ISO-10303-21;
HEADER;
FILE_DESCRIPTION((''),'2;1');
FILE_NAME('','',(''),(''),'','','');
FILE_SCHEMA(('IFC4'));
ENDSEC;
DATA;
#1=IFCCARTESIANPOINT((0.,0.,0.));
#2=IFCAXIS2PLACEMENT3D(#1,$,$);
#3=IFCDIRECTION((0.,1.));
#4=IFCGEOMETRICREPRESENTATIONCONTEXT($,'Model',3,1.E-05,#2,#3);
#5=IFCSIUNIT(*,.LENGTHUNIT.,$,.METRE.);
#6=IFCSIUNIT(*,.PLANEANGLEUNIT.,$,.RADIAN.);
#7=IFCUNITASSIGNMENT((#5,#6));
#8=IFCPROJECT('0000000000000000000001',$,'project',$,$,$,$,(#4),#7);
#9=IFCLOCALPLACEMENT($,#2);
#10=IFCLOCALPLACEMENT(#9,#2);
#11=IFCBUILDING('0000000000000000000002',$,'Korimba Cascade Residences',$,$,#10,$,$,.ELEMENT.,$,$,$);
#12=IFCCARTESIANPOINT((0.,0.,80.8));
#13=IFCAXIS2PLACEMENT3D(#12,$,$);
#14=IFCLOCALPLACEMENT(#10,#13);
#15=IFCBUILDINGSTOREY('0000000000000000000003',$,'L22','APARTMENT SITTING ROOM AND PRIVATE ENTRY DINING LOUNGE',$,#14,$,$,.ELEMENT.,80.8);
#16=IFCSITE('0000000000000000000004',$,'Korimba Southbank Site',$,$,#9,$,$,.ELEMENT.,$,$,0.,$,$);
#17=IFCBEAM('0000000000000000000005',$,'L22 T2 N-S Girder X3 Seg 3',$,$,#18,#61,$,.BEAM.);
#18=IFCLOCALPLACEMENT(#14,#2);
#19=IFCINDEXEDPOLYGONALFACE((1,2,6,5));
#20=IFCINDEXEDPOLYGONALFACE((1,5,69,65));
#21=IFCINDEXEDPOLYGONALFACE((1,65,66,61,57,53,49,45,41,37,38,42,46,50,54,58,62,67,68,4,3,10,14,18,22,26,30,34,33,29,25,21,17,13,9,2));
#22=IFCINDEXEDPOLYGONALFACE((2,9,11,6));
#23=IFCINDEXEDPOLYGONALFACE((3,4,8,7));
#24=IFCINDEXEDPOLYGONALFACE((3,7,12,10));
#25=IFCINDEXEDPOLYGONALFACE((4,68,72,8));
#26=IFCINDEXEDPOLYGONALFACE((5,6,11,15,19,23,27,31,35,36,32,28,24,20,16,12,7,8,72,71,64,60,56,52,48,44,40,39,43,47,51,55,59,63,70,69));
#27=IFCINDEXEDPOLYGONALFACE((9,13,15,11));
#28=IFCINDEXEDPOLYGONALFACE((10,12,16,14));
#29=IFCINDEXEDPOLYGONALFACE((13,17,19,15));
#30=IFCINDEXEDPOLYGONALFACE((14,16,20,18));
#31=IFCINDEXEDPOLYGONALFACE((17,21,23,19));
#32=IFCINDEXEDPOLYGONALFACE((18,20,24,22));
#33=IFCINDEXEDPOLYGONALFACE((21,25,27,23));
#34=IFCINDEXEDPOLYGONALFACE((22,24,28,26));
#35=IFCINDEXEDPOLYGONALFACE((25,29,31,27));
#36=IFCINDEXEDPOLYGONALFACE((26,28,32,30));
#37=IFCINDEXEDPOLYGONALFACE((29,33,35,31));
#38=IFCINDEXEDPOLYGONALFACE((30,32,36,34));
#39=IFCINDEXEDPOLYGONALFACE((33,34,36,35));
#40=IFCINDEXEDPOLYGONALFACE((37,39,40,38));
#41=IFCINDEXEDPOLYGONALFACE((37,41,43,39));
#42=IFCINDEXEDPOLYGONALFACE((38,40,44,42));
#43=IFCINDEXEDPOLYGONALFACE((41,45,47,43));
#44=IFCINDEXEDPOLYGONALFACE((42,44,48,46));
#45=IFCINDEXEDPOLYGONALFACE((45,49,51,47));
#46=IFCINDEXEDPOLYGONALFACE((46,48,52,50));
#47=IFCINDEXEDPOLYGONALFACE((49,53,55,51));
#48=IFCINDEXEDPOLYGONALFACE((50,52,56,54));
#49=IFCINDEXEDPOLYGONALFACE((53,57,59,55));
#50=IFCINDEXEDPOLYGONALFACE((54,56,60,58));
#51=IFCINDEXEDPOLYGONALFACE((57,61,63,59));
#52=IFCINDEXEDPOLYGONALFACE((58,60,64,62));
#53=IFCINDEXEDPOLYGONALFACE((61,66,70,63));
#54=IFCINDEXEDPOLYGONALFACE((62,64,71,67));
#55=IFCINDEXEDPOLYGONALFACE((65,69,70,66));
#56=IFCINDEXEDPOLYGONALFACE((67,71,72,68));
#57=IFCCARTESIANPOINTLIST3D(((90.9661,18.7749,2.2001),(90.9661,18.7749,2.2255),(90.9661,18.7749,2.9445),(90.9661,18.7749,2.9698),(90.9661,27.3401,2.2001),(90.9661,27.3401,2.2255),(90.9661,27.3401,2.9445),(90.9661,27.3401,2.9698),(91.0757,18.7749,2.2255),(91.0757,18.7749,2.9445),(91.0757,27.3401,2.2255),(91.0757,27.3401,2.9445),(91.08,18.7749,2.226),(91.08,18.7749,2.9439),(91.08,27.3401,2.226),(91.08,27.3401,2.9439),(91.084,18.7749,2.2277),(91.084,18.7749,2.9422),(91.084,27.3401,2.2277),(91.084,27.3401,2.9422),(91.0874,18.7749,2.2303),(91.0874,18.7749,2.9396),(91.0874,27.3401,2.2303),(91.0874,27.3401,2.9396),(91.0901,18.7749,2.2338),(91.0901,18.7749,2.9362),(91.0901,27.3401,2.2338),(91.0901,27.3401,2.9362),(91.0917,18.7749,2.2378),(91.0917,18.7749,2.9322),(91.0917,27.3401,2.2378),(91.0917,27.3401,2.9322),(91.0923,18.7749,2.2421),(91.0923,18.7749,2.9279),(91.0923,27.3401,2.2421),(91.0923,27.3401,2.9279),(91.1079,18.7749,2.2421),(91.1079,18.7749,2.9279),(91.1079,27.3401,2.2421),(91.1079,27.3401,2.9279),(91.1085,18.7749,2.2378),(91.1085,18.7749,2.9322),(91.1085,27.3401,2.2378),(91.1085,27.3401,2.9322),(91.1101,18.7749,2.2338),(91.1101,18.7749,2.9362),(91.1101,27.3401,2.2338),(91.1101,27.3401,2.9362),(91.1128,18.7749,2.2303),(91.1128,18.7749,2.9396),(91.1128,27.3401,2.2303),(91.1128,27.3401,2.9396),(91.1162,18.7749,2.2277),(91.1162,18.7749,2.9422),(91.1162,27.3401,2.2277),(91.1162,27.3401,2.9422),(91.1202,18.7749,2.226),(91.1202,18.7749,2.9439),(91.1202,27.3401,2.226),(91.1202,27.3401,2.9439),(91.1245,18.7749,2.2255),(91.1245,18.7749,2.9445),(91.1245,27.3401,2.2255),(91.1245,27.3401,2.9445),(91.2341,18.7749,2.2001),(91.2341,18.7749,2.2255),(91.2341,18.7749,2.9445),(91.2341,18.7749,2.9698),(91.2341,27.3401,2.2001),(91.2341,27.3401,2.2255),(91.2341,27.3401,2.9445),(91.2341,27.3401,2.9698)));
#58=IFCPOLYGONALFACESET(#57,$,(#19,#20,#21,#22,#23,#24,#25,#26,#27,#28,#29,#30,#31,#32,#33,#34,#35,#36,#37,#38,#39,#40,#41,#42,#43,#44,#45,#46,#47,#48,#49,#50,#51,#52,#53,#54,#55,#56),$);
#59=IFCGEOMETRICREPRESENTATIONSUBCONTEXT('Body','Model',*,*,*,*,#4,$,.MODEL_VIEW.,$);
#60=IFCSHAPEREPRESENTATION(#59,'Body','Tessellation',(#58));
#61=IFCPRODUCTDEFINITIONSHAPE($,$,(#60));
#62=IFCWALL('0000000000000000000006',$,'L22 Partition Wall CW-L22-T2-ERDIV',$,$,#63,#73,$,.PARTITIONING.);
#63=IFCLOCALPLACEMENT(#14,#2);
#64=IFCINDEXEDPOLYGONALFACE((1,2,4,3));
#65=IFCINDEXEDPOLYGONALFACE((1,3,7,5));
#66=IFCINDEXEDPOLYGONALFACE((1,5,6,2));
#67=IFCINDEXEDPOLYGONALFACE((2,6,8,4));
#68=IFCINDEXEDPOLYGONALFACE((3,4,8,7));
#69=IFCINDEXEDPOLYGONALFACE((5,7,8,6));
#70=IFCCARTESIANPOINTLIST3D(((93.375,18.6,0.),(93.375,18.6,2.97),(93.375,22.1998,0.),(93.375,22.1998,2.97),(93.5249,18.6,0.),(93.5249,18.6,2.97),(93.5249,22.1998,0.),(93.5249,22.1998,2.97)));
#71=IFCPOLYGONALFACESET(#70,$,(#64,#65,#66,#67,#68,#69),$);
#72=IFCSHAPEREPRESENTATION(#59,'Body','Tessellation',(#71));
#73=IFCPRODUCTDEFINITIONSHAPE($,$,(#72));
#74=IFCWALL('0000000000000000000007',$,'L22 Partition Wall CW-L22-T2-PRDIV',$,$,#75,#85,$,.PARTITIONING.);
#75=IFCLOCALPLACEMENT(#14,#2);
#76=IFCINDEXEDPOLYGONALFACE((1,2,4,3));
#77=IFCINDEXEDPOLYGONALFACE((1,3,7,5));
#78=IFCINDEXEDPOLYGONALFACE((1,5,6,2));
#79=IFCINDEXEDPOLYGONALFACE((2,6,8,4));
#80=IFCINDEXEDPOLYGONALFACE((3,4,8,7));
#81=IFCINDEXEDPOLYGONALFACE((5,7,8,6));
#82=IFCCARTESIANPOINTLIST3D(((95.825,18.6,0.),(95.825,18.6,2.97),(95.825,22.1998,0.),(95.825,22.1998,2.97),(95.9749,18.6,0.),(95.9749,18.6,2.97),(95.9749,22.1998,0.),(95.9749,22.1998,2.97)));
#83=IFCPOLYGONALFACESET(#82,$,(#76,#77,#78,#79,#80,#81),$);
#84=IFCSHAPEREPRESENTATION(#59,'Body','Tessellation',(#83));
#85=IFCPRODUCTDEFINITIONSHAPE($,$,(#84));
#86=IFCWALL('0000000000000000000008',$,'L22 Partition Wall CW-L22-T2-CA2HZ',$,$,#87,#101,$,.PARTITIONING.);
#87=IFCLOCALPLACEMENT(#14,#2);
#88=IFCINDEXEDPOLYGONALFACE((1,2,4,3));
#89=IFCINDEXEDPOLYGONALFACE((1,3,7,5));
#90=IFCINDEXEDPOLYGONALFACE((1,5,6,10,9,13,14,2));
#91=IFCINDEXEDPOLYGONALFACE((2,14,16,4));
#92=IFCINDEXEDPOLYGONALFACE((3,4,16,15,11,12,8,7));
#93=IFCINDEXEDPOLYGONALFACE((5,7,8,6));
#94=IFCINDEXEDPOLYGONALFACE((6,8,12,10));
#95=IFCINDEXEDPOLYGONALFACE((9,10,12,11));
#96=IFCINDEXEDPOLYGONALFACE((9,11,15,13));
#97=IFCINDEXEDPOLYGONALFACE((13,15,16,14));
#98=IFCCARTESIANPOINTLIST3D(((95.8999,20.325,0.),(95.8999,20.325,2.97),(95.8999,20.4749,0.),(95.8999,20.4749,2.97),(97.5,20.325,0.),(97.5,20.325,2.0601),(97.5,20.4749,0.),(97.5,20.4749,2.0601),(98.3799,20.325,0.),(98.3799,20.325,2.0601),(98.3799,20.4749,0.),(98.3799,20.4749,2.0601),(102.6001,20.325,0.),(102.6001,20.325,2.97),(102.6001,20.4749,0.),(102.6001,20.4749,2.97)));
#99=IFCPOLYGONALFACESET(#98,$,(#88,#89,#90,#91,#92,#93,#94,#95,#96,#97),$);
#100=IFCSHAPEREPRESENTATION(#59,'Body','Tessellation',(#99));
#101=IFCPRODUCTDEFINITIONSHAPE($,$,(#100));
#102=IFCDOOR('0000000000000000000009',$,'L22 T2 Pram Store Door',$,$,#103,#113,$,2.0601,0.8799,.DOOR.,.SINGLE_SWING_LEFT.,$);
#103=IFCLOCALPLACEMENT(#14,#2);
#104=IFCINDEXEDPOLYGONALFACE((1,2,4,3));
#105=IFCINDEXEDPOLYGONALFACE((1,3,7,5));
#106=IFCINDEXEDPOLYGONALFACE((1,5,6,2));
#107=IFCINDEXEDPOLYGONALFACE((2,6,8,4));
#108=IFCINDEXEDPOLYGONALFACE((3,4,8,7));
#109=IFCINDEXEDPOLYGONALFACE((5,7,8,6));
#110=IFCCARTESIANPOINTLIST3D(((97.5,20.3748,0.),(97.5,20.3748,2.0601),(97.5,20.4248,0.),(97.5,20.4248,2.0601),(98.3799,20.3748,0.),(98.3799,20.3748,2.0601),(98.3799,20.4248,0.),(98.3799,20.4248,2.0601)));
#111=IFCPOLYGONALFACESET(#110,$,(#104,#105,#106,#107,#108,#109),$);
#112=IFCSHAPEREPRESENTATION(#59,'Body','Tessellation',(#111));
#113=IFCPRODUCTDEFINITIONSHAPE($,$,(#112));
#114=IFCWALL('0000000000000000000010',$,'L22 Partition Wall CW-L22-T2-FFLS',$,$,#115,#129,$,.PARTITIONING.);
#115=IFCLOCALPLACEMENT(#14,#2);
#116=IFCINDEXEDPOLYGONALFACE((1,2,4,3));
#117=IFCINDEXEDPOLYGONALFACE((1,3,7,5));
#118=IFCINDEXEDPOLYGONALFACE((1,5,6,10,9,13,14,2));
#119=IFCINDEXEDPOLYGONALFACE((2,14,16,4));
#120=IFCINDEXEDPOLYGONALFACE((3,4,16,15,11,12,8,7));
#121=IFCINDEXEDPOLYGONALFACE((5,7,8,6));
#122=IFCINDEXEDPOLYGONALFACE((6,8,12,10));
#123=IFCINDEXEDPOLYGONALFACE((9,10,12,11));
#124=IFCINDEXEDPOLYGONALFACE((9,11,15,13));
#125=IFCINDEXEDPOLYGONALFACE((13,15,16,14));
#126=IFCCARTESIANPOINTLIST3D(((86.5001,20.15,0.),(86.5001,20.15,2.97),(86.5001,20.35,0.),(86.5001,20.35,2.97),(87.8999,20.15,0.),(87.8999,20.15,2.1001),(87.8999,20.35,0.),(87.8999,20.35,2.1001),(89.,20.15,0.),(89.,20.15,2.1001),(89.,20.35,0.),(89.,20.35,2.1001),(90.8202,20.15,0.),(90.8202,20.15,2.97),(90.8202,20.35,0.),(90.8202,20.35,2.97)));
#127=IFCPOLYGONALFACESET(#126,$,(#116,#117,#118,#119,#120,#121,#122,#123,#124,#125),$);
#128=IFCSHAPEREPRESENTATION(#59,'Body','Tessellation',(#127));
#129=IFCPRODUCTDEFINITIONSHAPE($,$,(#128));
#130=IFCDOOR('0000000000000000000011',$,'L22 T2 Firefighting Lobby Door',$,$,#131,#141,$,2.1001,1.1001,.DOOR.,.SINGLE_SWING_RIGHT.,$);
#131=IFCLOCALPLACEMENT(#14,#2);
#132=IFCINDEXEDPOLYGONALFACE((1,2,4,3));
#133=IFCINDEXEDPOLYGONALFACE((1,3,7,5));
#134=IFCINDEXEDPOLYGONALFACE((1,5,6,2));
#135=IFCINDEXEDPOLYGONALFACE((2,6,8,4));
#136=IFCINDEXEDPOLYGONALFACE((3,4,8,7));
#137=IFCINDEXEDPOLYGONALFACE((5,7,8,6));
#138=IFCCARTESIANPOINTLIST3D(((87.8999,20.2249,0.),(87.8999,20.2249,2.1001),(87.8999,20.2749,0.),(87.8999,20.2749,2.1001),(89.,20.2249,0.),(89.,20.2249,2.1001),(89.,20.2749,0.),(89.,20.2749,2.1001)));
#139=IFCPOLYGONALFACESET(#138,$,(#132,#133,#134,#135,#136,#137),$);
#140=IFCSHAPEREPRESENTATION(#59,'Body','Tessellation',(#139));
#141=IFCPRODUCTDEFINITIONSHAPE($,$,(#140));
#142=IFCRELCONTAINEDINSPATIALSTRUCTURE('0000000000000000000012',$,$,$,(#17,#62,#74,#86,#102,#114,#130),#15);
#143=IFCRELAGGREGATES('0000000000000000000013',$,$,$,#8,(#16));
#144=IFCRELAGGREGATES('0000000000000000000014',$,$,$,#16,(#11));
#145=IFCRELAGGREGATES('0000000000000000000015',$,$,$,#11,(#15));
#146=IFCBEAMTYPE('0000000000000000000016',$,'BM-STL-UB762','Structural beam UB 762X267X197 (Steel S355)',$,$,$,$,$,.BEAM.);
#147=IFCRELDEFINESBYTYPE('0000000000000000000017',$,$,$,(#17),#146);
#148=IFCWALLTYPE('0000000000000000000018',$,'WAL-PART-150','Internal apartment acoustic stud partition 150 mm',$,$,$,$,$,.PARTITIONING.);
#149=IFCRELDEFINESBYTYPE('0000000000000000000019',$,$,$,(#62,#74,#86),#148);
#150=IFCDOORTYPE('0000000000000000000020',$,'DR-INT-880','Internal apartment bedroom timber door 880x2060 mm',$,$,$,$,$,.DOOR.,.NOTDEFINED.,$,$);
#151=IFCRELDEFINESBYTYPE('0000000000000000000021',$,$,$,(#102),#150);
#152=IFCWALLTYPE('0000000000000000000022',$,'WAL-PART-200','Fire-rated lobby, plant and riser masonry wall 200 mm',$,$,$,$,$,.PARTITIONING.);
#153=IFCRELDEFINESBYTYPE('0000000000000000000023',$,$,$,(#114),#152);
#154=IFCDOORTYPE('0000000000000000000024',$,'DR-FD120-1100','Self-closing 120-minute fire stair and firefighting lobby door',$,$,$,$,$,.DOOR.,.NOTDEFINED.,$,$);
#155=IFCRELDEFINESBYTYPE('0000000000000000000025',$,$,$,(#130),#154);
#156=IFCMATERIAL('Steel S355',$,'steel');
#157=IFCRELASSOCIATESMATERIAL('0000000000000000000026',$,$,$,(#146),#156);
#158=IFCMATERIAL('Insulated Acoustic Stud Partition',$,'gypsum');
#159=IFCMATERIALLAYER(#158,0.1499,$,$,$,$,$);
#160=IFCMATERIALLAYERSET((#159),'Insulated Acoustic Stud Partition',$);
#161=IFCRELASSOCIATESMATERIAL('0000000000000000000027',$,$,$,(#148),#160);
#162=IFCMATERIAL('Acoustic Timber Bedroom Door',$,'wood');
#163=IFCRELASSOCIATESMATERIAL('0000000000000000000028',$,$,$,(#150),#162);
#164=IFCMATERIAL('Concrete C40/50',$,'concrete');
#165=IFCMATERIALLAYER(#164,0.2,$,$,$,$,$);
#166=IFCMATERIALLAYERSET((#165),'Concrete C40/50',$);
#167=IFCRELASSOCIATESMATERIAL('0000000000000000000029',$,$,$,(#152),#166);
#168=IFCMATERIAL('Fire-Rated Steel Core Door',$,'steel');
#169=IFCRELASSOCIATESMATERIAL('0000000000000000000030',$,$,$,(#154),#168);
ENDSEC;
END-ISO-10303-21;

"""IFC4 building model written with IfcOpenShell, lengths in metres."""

from ifc_helpers import new_model, si_unit, direction, frame, frame_2d, origin, origin_2d, place, context, subcontext, project, spatial, rectangle, i_section, extrude, material, layer, layer_set, material_profile, profile_set, type_object, element, fill, save


model = new_model("IFC4")

# Units and contexts
model_context = context("Model", 3, precision=1e-05, world=origin(), true_north=direction((0.0, 1.0)))
body_context = subcontext(model_context, "Body", "Model", "MODEL_VIEW")
ifc_project = project(units=[si_unit("LENGTHUNIT", "METRE"), si_unit("PLANEANGLEUNIT", "RADIAN")], contexts=[model_context])

# Site, building, storey
site_placement = place(None, origin())
site = spatial("IfcSite", under=ifc_project, at=site_placement, Name="Korimba Southbank Site", CompositionType="ELEMENT", RefElevation=0.0)
building_placement = place(site_placement, origin())
building = spatial("IfcBuilding", under=site, at=building_placement, Name="Korimba Cascade Residences", CompositionType="ELEMENT")
storey_placement = place(building_placement, frame((0.0, 0.0, 80.8)))
storey = spatial("IfcBuildingStorey", under=building, at=storey_placement, Name="L22", Description="APARTMENT SITTING ROOM AND PRIVATE ENTRY DINING LOUNGE", CompositionType="ELEMENT", Elevation=80.8)

# Beam
ifc_material_1 = material(Name="Steel S355", Category="steel")
ifc_material_profile = material_profile(ifc_material_1, i_section(OverallWidth=0.2681, OverallDepth=0.7698, WebThickness=0.0156, FlangeThickness=0.0254, FilletRadius=0.0166, at=origin_2d()), Name="Steel S355")
ifc_profile_set = profile_set([ifc_material_profile], Name="Steel S355")
beam_type = type_object("IfcBeamType", Name="BM-STL-UB762", Description="Structural beam UB 762X267X197 (Steel S355)", PredefinedType="BEAM", material=ifc_profile_set)
beam_placement = place(storey_placement, frame((91.1001, 18.7749, 2.585), z_axis=(0.0, 1.0, 0.0), x_axis=(-1.0, 0.0, 0.0)))
element("IfcBeam", 1, at=beam_placement, inside=storey, type_object=beam_type, Name="L22 T2 N-S Girder X3 Seg 3", PredefinedType="BEAM", context=body_context, shape_type="SweptSolid", body=[
    extrude(i_section(OverallWidth=0.2681, OverallDepth=0.7698, WebThickness=0.0156, FlangeThickness=0.0254, FilletRadius=0.0166, at=origin_2d()), origin(), (0.0, 0.0, 1.0), 8.5652),
])

# Walls
ifc_material_2 = material(Name="Insulated Acoustic Stud Partition", Category="gypsum")
ifc_layer_1 = layer(ifc_material_2, 0.1499)
ifc_layer_set_1 = layer_set([ifc_layer_1], Name="Insulated Acoustic Stud Partition")
wall_type_1 = type_object("IfcWallType", Name="WAL-PART-150", Description="Internal apartment acoustic stud partition 150 mm", PredefinedType="PARTITIONING", material=ifc_layer_set_1)
for number, where, z_axis, x_axis, name in (
    (2, (93.45, 18.6001, 0.0), (0.0, 0.0, 1.0), (0.0, 1.0, 0.0), "L22 Partition Wall CW-L22-T2-ERDIV"),
    (3, (95.8999, 18.6001, 0.0), (0.0, 0.0, 1.0), (0.0, 1.0, 0.0), "L22 Partition Wall CW-L22-T2-PRDIV"),
):
    element("IfcWall", number, at=place(storey_placement, frame(where, z_axis=z_axis, x_axis=x_axis)), inside=storey, type_object=wall_type_1, Name=name, PredefinedType="PARTITIONING", context=body_context, shape_type="SweptSolid", body=[
        extrude(rectangle(XDim=3.5999, YDim=0.1499, at=frame_2d((1.7998, 0.0))), origin(), (0.0, 0.0, 1.0), 2.97),
    ])

# Walls, openings, doors
wall_1_placement = place(storey_placement, frame((95.8999, 20.3999, 0.0), z_axis=(0.0, 0.0, 1.0), x_axis=(1.0, 0.0, 0.0)))
wall_1 = element("IfcWall", 4, at=wall_1_placement, inside=storey, type_object=wall_type_1, Name="L22 Partition Wall CW-L22-T2-CA2HZ", PredefinedType="PARTITIONING", context=body_context, shape_type="SweptSolid", body=[
    extrude(rectangle(XDim=6.7002, YDim=0.1499, at=frame_2d((3.3501, 0.0))), origin(), (0.0, 0.0, 1.0), 2.97),
])
opening_1_placement = place(wall_1_placement, frame((1.6001, 0.0, 0.0)))
opening_1 = element("IfcOpeningElement", 5, at=opening_1_placement, cuts=wall_1, PredefinedType="OPENING", context=body_context, shape_type="SweptSolid", body=[
    extrude(rectangle(XDim=0.8799, YDim=2.0601, at=frame_2d((0.4399, 1.03))), frame((0.0, 0.085, 0.0), z_axis=(0.0, -1.0, 0.0), x_axis=(1.0, 0.0, 0.0)), (0.0, 0.0, 1.0), 0.1699),
])
ifc_material_3 = material(Name="Acoustic Timber Bedroom Door", Category="wood")
door_type_1 = type_object("IfcDoorType", Name="DR-INT-880", Description="Internal apartment bedroom timber door 880x2060 mm", OperationType="NOTDEFINED", PredefinedType="DOOR", material=ifc_material_3)
door_1_placement = place(opening_1_placement, origin())
door_1 = element("IfcDoor", 6, at=door_1_placement, inside=storey, type_object=door_type_1, Name="L22 T2 Pram Store Door", OperationType="SINGLE_SWING_LEFT", OverallHeight=2.0601, OverallWidth=0.8799, PredefinedType="DOOR", context=body_context, shape_type="SweptSolid", body=[
    extrude(rectangle(XDim=0.8799, YDim=2.0601, at=frame_2d((0.4399, 1.03))), frame((0.0, 0.0249, 0.0), z_axis=(0.0, -1.0, 0.0), x_axis=(1.0, 0.0, 0.0)), (0.0, 0.0, 1.0), 0.05),
])
fill(opening_1, door_1)
ifc_material_4 = material(Name="Concrete C40/50", Category="concrete")
ifc_layer_2 = layer(ifc_material_4, 0.2)
ifc_layer_set_2 = layer_set([ifc_layer_2], Name="Concrete C40/50")
wall_type_2 = type_object("IfcWallType", Name="WAL-PART-200", Description="Fire-rated lobby, plant and riser masonry wall 200 mm", PredefinedType="PARTITIONING", material=ifc_layer_set_2)
wall_2_placement = place(storey_placement, frame((86.5, 20.25, 0.0), z_axis=(0.0, 0.0, 1.0), x_axis=(1.0, 0.0, 0.0)))
wall_2 = element("IfcWall", 7, at=wall_2_placement, inside=storey, type_object=wall_type_2, Name="L22 Partition Wall CW-L22-T2-FFLS", PredefinedType="PARTITIONING", context=body_context, shape_type="SweptSolid", body=[
    extrude(rectangle(XDim=4.3201, YDim=0.2, at=frame_2d((2.1602, 0.0))), origin(), (0.0, 0.0, 1.0), 2.97),
])
opening_2_placement = place(wall_2_placement, frame((1.3999, 0.0, 0.0)))
opening_2 = element("IfcOpeningElement", 8, at=opening_2_placement, cuts=wall_2, PredefinedType="OPENING", context=body_context, shape_type="SweptSolid", body=[
    extrude(rectangle(XDim=1.1001, YDim=2.1001, at=frame_2d((0.55, 1.05))), frame((0.0, 0.1099, 0.0), z_axis=(0.0, -1.0, 0.0), x_axis=(1.0, 0.0, 0.0)), (0.0, 0.0, 1.0), 0.22),
])
ifc_material_5 = material(Name="Fire-Rated Steel Core Door", Category="steel")
door_type_2 = type_object("IfcDoorType", Name="DR-FD120-1100", Description="Self-closing 120-minute fire stair and firefighting lobby door", OperationType="NOTDEFINED", PredefinedType="DOOR", material=ifc_material_5)
door_2_placement = place(opening_2_placement, origin())
door_2 = element("IfcDoor", 9, at=door_2_placement, inside=storey, type_object=door_type_2, Name="L22 T2 Firefighting Lobby Door", OperationType="SINGLE_SWING_RIGHT", OverallHeight=2.1001, OverallWidth=1.1001, PredefinedType="DOOR", context=body_context, shape_type="SweptSolid", body=[
    extrude(rectangle(XDim=1.1001, YDim=2.1001, at=frame_2d((0.55, 1.05))), frame((0.0, 0.0249, 0.0), z_axis=(0.0, -1.0, 0.0), x_axis=(1.0, 0.0, 0.0)), (0.0, 0.0, 1.0), 0.05),
])
fill(opening_2, door_2)

save(model, "model.ifc")
